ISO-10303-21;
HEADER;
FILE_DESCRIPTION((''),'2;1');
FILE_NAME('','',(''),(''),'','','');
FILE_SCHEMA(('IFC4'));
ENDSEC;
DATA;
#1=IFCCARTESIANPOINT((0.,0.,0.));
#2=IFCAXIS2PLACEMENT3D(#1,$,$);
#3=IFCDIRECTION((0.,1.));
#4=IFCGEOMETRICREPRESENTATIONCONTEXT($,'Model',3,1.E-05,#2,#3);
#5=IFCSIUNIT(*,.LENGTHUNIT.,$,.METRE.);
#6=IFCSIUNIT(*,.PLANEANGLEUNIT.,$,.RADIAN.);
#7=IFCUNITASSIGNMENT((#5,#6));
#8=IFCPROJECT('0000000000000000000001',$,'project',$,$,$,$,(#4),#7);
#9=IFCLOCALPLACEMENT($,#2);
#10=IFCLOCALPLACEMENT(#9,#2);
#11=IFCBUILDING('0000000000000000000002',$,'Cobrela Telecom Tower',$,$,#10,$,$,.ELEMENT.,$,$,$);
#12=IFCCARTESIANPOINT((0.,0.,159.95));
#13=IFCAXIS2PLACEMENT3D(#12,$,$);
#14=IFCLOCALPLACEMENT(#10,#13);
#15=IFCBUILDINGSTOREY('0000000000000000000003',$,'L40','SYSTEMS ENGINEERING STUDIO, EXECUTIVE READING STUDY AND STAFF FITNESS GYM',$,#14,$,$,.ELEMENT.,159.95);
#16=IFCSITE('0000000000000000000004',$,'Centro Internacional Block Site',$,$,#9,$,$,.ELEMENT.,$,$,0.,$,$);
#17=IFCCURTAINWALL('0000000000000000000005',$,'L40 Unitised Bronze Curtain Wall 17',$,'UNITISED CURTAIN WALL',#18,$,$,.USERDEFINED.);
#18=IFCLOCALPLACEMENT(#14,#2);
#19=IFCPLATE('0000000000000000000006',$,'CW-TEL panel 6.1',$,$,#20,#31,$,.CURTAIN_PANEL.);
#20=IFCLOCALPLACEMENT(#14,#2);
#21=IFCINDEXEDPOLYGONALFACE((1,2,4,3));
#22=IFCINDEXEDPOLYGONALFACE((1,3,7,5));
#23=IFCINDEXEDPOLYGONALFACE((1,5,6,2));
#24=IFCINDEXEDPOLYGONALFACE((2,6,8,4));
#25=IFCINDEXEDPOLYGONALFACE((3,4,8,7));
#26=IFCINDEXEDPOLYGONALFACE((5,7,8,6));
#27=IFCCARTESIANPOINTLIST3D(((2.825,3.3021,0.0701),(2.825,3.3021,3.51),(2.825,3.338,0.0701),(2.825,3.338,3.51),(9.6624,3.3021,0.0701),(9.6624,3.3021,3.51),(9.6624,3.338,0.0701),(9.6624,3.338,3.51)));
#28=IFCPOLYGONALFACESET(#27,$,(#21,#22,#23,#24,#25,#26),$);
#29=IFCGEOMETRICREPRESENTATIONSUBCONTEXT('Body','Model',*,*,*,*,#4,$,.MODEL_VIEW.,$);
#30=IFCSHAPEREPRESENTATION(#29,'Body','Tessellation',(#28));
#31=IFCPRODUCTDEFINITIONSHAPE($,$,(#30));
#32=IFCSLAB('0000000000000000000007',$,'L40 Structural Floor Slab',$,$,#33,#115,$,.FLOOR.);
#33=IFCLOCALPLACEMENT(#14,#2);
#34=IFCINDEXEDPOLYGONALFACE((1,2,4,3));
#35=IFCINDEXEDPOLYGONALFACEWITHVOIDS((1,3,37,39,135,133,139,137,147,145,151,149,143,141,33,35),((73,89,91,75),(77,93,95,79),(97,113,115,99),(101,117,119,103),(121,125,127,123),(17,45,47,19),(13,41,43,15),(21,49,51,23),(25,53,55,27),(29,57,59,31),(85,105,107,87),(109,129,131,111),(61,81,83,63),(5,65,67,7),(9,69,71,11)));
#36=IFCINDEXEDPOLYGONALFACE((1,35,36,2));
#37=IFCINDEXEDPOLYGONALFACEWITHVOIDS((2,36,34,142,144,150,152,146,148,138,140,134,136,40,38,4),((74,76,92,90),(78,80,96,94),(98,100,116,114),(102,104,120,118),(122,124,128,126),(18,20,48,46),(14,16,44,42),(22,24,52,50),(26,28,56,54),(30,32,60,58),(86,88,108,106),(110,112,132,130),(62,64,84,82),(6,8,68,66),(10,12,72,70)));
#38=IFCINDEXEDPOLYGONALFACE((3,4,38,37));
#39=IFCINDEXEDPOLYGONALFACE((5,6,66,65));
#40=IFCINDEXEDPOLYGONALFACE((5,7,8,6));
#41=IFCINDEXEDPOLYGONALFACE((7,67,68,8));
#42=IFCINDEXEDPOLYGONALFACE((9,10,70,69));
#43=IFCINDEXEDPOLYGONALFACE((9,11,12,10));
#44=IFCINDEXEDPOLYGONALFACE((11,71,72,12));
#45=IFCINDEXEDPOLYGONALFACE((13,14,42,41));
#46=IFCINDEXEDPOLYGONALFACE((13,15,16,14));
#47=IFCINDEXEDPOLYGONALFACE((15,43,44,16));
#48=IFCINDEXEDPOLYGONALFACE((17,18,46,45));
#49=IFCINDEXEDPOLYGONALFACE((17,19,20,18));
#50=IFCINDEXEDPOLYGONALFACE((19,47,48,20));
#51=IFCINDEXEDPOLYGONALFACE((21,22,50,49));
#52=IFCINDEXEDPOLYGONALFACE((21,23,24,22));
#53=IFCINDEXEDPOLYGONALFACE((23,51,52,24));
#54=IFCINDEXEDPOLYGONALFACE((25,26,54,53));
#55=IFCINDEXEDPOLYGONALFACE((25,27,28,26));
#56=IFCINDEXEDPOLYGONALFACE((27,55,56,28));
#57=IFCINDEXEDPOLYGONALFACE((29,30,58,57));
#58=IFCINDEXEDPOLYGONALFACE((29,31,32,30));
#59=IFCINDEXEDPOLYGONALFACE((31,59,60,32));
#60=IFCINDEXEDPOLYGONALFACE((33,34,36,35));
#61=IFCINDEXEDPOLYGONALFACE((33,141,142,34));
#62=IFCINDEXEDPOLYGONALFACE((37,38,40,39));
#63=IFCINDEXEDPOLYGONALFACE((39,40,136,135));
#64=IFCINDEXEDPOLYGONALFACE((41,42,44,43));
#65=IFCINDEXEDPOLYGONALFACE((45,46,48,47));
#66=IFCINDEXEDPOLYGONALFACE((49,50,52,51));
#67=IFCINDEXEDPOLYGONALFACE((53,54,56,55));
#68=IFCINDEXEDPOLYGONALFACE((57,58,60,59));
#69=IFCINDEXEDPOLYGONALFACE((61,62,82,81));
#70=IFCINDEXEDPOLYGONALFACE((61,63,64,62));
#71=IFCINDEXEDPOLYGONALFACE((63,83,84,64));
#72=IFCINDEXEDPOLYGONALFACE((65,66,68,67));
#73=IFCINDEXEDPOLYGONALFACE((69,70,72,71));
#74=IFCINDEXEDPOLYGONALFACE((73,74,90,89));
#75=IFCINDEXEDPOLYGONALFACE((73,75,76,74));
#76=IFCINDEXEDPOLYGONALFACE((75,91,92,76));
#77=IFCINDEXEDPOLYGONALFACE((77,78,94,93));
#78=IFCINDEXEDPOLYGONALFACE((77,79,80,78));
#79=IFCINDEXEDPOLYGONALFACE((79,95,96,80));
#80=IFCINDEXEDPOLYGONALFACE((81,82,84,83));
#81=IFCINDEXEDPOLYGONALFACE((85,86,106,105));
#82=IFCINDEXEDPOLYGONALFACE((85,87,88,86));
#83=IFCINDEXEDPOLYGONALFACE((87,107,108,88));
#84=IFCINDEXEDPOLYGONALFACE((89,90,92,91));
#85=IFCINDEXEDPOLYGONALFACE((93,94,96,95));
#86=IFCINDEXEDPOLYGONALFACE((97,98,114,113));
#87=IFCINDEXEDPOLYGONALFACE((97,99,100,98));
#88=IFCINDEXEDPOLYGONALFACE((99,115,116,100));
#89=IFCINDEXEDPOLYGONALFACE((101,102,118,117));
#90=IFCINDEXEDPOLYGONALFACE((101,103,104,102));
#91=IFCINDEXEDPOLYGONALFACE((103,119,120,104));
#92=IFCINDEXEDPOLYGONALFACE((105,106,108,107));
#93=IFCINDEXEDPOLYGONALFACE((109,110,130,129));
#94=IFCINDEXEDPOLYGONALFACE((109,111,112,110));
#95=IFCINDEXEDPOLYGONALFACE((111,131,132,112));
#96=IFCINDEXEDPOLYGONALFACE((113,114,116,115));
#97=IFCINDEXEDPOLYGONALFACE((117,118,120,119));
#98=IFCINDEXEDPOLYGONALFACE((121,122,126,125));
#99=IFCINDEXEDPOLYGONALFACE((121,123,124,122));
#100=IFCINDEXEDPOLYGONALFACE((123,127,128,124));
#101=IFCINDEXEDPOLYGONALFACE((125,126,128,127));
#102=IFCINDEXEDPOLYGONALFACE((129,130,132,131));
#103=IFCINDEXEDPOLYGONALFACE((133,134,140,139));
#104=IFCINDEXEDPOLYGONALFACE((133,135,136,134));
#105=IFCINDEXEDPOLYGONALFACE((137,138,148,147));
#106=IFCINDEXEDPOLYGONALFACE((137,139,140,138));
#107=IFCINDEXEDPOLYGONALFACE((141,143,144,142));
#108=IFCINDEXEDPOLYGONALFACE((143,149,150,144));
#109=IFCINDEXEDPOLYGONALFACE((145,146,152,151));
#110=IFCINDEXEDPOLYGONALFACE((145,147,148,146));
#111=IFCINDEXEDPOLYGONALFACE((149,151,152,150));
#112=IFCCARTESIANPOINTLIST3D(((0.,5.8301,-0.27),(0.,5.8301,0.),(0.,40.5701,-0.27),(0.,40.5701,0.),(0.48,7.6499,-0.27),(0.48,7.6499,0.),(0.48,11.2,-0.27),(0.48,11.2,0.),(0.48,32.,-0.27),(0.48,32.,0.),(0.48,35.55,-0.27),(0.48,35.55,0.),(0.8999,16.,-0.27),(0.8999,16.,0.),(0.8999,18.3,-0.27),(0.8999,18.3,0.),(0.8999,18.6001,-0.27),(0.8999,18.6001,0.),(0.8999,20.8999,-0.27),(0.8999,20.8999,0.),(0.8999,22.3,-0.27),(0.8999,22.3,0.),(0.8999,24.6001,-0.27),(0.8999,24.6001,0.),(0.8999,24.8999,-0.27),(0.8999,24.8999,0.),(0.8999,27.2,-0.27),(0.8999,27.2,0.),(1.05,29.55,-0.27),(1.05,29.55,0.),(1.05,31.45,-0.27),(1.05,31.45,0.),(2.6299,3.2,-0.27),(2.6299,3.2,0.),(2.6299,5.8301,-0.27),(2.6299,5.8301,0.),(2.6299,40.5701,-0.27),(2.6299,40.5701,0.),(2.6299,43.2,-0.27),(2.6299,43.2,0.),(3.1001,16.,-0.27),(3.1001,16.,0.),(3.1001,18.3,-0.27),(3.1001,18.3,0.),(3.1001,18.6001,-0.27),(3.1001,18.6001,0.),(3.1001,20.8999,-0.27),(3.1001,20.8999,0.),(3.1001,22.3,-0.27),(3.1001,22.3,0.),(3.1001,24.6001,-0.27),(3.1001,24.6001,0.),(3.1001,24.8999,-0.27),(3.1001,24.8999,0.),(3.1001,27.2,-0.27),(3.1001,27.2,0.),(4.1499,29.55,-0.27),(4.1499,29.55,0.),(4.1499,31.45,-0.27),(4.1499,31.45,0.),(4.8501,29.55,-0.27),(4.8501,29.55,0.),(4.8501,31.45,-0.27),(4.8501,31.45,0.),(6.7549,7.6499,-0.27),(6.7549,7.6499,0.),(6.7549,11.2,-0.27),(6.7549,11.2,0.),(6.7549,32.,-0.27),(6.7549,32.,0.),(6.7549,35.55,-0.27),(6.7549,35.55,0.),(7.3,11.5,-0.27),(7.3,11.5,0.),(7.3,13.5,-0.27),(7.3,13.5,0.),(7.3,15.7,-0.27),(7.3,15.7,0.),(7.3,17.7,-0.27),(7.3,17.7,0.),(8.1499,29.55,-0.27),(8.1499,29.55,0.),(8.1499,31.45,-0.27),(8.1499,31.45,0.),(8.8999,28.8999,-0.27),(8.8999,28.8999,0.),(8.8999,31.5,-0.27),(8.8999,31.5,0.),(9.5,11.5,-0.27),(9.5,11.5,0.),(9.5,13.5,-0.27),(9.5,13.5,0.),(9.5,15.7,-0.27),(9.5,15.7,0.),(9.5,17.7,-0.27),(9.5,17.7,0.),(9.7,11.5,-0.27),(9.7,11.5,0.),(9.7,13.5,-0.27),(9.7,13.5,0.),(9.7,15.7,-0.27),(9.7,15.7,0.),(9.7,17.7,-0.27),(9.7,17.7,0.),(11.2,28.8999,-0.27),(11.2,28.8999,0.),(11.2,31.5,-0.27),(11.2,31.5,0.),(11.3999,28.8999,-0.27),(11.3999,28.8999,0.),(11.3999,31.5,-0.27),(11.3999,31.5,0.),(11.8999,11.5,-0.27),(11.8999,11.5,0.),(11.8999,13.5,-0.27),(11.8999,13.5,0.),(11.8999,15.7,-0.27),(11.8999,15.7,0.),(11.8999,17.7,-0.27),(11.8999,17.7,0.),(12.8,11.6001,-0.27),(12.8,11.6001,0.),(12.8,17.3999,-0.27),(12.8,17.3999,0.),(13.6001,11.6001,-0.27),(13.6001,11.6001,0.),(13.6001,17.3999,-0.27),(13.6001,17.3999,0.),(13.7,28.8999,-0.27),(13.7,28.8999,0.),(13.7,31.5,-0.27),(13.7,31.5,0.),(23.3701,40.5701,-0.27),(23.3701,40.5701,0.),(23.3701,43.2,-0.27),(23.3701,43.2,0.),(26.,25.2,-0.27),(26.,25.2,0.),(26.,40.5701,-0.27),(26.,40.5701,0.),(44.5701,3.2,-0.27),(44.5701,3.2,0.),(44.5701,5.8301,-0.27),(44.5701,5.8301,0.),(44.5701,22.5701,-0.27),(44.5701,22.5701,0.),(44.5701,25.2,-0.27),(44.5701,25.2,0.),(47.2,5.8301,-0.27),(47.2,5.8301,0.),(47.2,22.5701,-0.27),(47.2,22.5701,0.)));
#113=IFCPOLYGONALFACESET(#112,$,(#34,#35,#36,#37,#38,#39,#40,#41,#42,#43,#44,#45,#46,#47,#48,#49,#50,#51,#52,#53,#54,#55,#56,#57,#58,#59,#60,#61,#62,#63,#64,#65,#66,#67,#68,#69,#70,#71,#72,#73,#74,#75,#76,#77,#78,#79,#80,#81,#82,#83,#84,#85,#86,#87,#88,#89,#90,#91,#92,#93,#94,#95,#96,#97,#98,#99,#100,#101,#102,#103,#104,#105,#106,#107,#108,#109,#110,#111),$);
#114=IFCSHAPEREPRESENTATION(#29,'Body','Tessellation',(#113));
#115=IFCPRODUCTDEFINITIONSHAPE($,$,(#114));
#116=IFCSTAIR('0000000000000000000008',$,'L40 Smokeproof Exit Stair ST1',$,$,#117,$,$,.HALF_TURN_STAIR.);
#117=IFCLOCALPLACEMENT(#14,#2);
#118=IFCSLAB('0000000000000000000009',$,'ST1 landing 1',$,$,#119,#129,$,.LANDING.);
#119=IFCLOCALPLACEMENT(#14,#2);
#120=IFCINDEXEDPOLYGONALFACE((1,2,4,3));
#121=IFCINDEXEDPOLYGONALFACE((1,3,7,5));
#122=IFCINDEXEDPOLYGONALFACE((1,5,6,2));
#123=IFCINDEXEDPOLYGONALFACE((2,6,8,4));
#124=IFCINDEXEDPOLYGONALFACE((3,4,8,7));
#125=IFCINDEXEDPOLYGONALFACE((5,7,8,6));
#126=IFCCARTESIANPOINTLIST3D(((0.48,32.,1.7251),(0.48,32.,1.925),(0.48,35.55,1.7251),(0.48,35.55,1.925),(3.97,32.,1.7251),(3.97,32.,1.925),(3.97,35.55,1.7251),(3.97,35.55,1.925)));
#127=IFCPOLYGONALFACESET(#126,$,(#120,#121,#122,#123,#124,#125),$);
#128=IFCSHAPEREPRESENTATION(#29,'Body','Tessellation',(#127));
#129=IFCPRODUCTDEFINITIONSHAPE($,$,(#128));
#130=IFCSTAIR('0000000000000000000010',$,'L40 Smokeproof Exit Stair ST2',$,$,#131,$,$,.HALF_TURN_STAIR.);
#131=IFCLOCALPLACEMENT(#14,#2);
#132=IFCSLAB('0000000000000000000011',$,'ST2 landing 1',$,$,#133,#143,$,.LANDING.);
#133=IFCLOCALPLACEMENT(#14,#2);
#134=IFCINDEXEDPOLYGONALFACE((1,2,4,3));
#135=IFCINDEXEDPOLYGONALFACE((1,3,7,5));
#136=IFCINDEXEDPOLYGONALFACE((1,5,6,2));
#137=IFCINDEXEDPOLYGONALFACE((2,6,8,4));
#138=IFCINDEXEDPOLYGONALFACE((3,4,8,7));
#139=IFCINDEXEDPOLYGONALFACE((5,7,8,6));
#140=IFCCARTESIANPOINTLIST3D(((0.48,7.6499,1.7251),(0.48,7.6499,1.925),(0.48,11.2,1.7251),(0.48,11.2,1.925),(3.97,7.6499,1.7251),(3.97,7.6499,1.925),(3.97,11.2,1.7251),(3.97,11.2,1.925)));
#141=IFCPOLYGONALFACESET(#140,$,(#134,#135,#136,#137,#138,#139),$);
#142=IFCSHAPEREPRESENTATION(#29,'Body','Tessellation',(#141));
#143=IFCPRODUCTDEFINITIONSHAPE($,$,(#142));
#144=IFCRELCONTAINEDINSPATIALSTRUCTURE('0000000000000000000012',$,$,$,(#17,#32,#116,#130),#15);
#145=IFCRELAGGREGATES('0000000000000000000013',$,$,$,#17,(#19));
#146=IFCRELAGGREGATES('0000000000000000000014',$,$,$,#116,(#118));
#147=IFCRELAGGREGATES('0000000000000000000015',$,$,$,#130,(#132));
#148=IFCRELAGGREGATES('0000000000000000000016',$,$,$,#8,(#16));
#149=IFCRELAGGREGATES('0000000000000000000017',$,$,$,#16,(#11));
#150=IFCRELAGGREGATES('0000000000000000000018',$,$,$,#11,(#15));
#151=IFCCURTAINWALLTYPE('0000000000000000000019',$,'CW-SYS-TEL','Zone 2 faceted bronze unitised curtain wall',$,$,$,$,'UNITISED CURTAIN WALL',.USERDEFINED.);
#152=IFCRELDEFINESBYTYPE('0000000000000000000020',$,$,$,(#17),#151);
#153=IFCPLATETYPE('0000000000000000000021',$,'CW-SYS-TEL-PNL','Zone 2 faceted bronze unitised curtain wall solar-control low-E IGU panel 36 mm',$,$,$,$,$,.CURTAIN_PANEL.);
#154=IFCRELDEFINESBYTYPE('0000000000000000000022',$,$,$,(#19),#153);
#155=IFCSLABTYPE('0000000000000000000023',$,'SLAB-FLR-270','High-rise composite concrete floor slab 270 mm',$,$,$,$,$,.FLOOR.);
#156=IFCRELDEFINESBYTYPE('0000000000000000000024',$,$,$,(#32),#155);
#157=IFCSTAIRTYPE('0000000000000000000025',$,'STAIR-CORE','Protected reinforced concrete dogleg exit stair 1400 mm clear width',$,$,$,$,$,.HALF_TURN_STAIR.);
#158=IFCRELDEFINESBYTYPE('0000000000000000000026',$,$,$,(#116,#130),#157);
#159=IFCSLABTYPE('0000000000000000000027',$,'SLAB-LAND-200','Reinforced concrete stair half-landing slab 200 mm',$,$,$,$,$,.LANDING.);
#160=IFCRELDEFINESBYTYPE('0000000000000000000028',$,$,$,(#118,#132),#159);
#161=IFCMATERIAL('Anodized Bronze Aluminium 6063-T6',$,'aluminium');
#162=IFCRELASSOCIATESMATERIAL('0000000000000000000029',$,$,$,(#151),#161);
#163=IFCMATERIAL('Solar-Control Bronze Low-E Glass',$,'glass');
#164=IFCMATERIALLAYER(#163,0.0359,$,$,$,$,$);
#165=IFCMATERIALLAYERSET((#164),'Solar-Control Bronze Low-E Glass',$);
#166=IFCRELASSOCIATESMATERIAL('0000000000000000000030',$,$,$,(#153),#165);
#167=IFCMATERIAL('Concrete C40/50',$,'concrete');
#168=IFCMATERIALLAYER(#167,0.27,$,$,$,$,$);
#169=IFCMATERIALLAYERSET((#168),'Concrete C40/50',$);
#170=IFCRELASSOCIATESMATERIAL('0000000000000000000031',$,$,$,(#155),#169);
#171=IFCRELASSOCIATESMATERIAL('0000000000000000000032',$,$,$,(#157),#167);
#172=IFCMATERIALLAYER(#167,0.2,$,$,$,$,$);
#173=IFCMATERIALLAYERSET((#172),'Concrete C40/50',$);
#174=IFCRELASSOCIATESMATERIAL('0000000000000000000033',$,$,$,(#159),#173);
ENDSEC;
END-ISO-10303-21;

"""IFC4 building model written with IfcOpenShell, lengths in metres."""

from ifc_helpers import new_model, si_unit, direction, frame, origin, origin_2d, place, context, subcontext, project, spatial, polyline, rectangle, outline, extrude, material, layer, layer_set, type_object, element, aggregate, save


model = new_model("IFC4")

# Units and contexts
model_context = context("Model", 3, precision=1e-05, world=origin(), true_north=direction((0.0, 1.0)))
body_context = subcontext(model_context, "Body", "Model", "MODEL_VIEW")
ifc_project = project(units=[si_unit("LENGTHUNIT", "METRE"), si_unit("PLANEANGLEUNIT", "RADIAN")], contexts=[model_context])

# Site, building, storey
site_placement = place(None, origin())
site = spatial("IfcSite", under=ifc_project, at=site_placement, Name="Centro Internacional Block Site", CompositionType="ELEMENT", RefElevation=0.0)
building_placement = place(site_placement, origin())
building = spatial("IfcBuilding", under=site, at=building_placement, Name="Cobrela Telecom Tower", CompositionType="ELEMENT")
storey_placement = place(building_placement, frame((0.0, 0.0, 159.95)))
storey = spatial("IfcBuildingStorey", under=building, at=storey_placement, Name="L40", Description="SYSTEMS ENGINEERING STUDIO, EXECUTIVE READING STUDY AND STAFF FITNESS GYM", CompositionType="ELEMENT", Elevation=159.95)

# Curtain wall, plate
ifc_material_1 = material(Name="Anodized Bronze Aluminium 6063-T6", Category="aluminium")
curtain_wall_type = type_object("IfcCurtainWallType", Name="CW-SYS-TEL", Description="Zone 2 faceted bronze unitised curtain wall", ElementType="UNITISED CURTAIN WALL", PredefinedType="USERDEFINED", material=ifc_material_1)
curtain_wall_placement = place(storey_placement, origin())
curtain_wall = element("IfcCurtainWall", 1, at=curtain_wall_placement, inside=storey, type_object=curtain_wall_type, Name="L40 Unitised Bronze Curtain Wall 17", ObjectType="UNITISED CURTAIN WALL", PredefinedType="USERDEFINED")
ifc_material_2 = material(Name="Solar-Control Bronze Low-E Glass", Category="glass")
ifc_layer_1 = layer(ifc_material_2, 0.0359)
ifc_layer_set_1 = layer_set([ifc_layer_1], Name="Solar-Control Bronze Low-E Glass")
plate_type = type_object("IfcPlateType", Name="CW-SYS-TEL-PNL", Description="Zone 2 faceted bronze unitised curtain wall solar-control low-E IGU panel 36 mm", PredefinedType="CURTAIN_PANEL", material=ifc_layer_set_1)
plate_placement = place(storey_placement, frame((6.2437, 3.3201, 0.0701), z_axis=(0.0, 0.0, 1.0), x_axis=(-1.0, 0.0, 0.0)))
plate = element("IfcPlate", 2, at=plate_placement, type_object=plate_type, Name="CW-TEL panel 6.1", PredefinedType="CURTAIN_PANEL", context=body_context, shape_type="SweptSolid", body=[
    extrude(rectangle(XDim=6.8374, YDim=0.0359, at=origin_2d()), origin(), (0.0, 0.0, 1.0), 3.4399),
])
aggregate(curtain_wall, [plate])

# Slab, openings
ifc_material_3 = material(Name="Concrete C40/50", Category="concrete")
ifc_layer_2 = layer(ifc_material_3, 0.27)
ifc_layer_set_2 = layer_set([ifc_layer_2], Name="Concrete C40/50")
slab_type_1 = type_object("IfcSlabType", Name="SLAB-FLR-270", Description="High-rise composite concrete floor slab 270 mm", PredefinedType="FLOOR", material=ifc_layer_set_2)
slab_1_placement = place(storey_placement, frame((0.0, 0.0, -0.27)))
slab_1 = element("IfcSlab", 3, at=slab_1_placement, inside=storey, type_object=slab_type_1, Name="L40 Structural Floor Slab", PredefinedType="FLOOR", context=body_context, shape_type="SweptSolid", body=[
    extrude(outline(polyline([(2.6299, 3.2), (44.5701, 3.2), (44.5701, 5.8301), (47.2, 5.8301), (47.2, 22.5701), (44.5701, 22.5701), (44.5701, 25.2), (26.0, 25.2), (26.0, 40.5701), (23.3701, 40.5701), (23.3701, 43.2), (2.6299, 43.2), (2.6299, 40.5701), (0.0, 40.5701), (0.0, 5.8301), (2.6299, 5.8301), (2.6299, 3.2)])), origin(), (0.0, 0.0, 1.0), 0.27),
])
opening_1_placement = place(slab_1_placement, frame((0.0, 0.0, -0.02)))
element("IfcOpeningElement", 4, at=opening_1_placement, cuts=slab_1, PredefinedType="OPENING", context=body_context, shape_type="SweptSolid", body=[
    extrude(outline(polyline([(8.8999, 28.8999), (11.2, 28.8999), (11.2, 31.5), (8.8999, 31.5), (8.8999, 28.8999)])), origin(), (0.0, 0.0, 1.0), 0.3101),
])
opening_2_placement = place(slab_1_placement, frame((0.0, 0.0, -0.02)))
element("IfcOpeningElement", 5, at=opening_2_placement, cuts=slab_1, PredefinedType="OPENING", context=body_context, shape_type="SweptSolid", body=[
    extrude(outline(polyline([(11.3999, 28.8999), (13.7, 28.8999), (13.7, 31.5), (11.3999, 31.5), (11.3999, 28.8999)])), origin(), (0.0, 0.0, 1.0), 0.3101),
])
opening_3_placement = place(slab_1_placement, frame((0.0, 0.0, -0.02)))
element("IfcOpeningElement", 6, at=opening_3_placement, cuts=slab_1, PredefinedType="OPENING", context=body_context, shape_type="SweptSolid", body=[
    extrude(outline(polyline([(7.3, 15.7), (9.5, 15.7), (9.5, 17.7), (7.3, 17.7), (7.3, 15.7)])), origin(), (0.0, 0.0, 1.0), 0.3101),
])
opening_4_placement = place(slab_1_placement, frame((0.0, 0.0, -0.02)))
element("IfcOpeningElement", 7, at=opening_4_placement, cuts=slab_1, PredefinedType="OPENING", context=body_context, shape_type="SweptSolid", body=[
    extrude(outline(polyline([(9.7, 15.7), (11.8999, 15.7), (11.8999, 17.7), (9.7, 17.7), (9.7, 15.7)])), origin(), (0.0, 0.0, 1.0), 0.3101),
])
opening_5_placement = place(slab_1_placement, frame((0.0, 0.0, -0.02)))
element("IfcOpeningElement", 8, at=opening_5_placement, cuts=slab_1, PredefinedType="OPENING", context=body_context, shape_type="SweptSolid", body=[
    extrude(outline(polyline([(7.3, 11.5), (9.5, 11.5), (9.5, 13.5), (7.3, 13.5), (7.3, 11.5)])), origin(), (0.0, 0.0, 1.0), 0.3101),
])
opening_6_placement = place(slab_1_placement, frame((0.0, 0.0, -0.02)))
element("IfcOpeningElement", 9, at=opening_6_placement, cuts=slab_1, PredefinedType="OPENING", context=body_context, shape_type="SweptSolid", body=[
    extrude(outline(polyline([(9.7, 11.5), (11.8999, 11.5), (11.8999, 13.5), (9.7, 13.5), (9.7, 11.5)])), origin(), (0.0, 0.0, 1.0), 0.3101),
])
opening_7_placement = place(slab_1_placement, frame((0.0, 0.0, -0.02)))
element("IfcOpeningElement", 10, at=opening_7_placement, cuts=slab_1, PredefinedType="OPENING", context=body_context, shape_type="SweptSolid", body=[
    extrude(outline(polyline([(0.8999, 16.0), (3.1001, 16.0), (3.1001, 18.3), (0.8999, 18.3), (0.8999, 16.0)])), origin(), (0.0, 0.0, 1.0), 0.3101),
])
opening_8_placement = place(slab_1_placement, frame((0.0, 0.0, -0.02)))
element("IfcOpeningElement", 11, at=opening_8_placement, cuts=slab_1, PredefinedType="OPENING", context=body_context, shape_type="SweptSolid", body=[
    extrude(outline(polyline([(0.8999, 18.6001), (3.1001, 18.6001), (3.1001, 20.8999), (0.8999, 20.8999), (0.8999, 18.6001)])), origin(), (0.0, 0.0, 1.0), 0.3101),
])
opening_9_placement = place(slab_1_placement, frame((0.0, 0.0, -0.02)))
element("IfcOpeningElement", 12, at=opening_9_placement, cuts=slab_1, PredefinedType="OPENING", context=body_context, shape_type="SweptSolid", body=[
    extrude(outline(polyline([(0.8999, 22.3), (3.1001, 22.3), (3.1001, 24.6001), (0.8999, 24.6001), (0.8999, 22.3)])), origin(), (0.0, 0.0, 1.0), 0.3101),
])
opening_10_placement = place(slab_1_placement, frame((0.0, 0.0, -0.02)))
element("IfcOpeningElement", 13, at=opening_10_placement, cuts=slab_1, PredefinedType="OPENING", context=body_context, shape_type="SweptSolid", body=[
    extrude(outline(polyline([(0.8999, 24.8999), (3.1001, 24.8999), (3.1001, 27.2), (0.8999, 27.2), (0.8999, 24.8999)])), origin(), (0.0, 0.0, 1.0), 0.3101),
])
opening_11_placement = place(slab_1_placement, frame((0.0, 0.0, -0.02)))
element("IfcOpeningElement", 14, at=opening_11_placement, cuts=slab_1, PredefinedType="OPENING", context=body_context, shape_type="SweptSolid", body=[
    extrude(outline(polyline([(1.05, 29.55), (4.1499, 29.55), (4.1499, 31.45), (1.05, 31.45), (1.05, 29.55)])), origin(), (0.0, 0.0, 1.0), 0.3101),
])
opening_12_placement = place(slab_1_placement, frame((0.0, 0.0, -0.02)))
element("IfcOpeningElement", 15, at=opening_12_placement, cuts=slab_1, PredefinedType="OPENING", context=body_context, shape_type="SweptSolid", body=[
    extrude(outline(polyline([(4.8501, 29.55), (8.1499, 29.55), (8.1499, 31.45), (4.8501, 31.45), (4.8501, 29.55)])), origin(), (0.0, 0.0, 1.0), 0.3101),
])
opening_13_placement = place(slab_1_placement, frame((0.0, 0.0, -0.02)))
element("IfcOpeningElement", 16, at=opening_13_placement, cuts=slab_1, PredefinedType="OPENING", context=body_context, shape_type="SweptSolid", body=[
    extrude(outline(polyline([(12.8, 11.6001), (13.6001, 11.6001), (13.6001, 17.3999), (12.8, 17.3999), (12.8, 11.6001)])), origin(), (0.0, 0.0, 1.0), 0.3101),
])
opening_14_placement = place(slab_1_placement, frame((0.0, 0.0, -0.02)))
element("IfcOpeningElement", 17, at=opening_14_placement, cuts=slab_1, PredefinedType="OPENING", context=body_context, shape_type="SweptSolid", body=[
    extrude(outline(polyline([(6.7549, 35.55), (0.48, 35.55), (0.48, 32.0), (6.7549, 32.0), (6.7549, 35.55)])), origin(), (0.0, 0.0, 1.0), 0.3101),
])
opening_15_placement = place(slab_1_placement, frame((0.0, 0.0, -0.02)))
element("IfcOpeningElement", 18, at=opening_15_placement, cuts=slab_1, PredefinedType="OPENING", context=body_context, shape_type="SweptSolid", body=[
    extrude(outline(polyline([(6.7549, 11.2), (0.48, 11.2), (0.48, 7.6499), (6.7549, 7.6499), (6.7549, 11.2)])), origin(), (0.0, 0.0, 1.0), 0.3101),
])

# Stairs, slabs
stair_type = type_object("IfcStairType", Name="STAIR-CORE", Description="Protected reinforced concrete dogleg exit stair 1400 mm clear width", PredefinedType="HALF_TURN_STAIR", material=ifc_material_3)
stair_1_placement = place(storey_placement, origin())
stair_1 = element("IfcStair", 19, at=stair_1_placement, inside=storey, type_object=stair_type, Name="L40 Smokeproof Exit Stair ST1", PredefinedType="HALF_TURN_STAIR")
ifc_layer_3 = layer(ifc_material_3, 0.2)
ifc_layer_set_3 = layer_set([ifc_layer_3], Name="Concrete C40/50")
slab_type_2 = type_object("IfcSlabType", Name="SLAB-LAND-200", Description="Reinforced concrete stair half-landing slab 200 mm", PredefinedType="LANDING", material=ifc_layer_set_3)
slab_2_placement = place(storey_placement, frame((0.0, 0.0, 1.7251)))
slab_2 = element("IfcSlab", 20, at=slab_2_placement, type_object=slab_type_2, Name="ST1 landing 1", PredefinedType="LANDING", context=body_context, shape_type="SweptSolid", body=[
    extrude(outline(polyline([(3.97, 35.55), (0.48, 35.55), (0.48, 32.0), (3.97, 32.0), (3.97, 35.55)])), origin(), (0.0, 0.0, 1.0), 0.2),
])
aggregate(stair_1, [slab_2])
stair_2_placement = place(storey_placement, origin())
stair_2 = element("IfcStair", 21, at=stair_2_placement, inside=storey, type_object=stair_type, Name="L40 Smokeproof Exit Stair ST2", PredefinedType="HALF_TURN_STAIR")
slab_3_placement = place(storey_placement, frame((0.0, 0.0, 1.7251)))
slab_3 = element("IfcSlab", 22, at=slab_3_placement, type_object=slab_type_2, Name="ST2 landing 1", PredefinedType="LANDING", context=body_context, shape_type="SweptSolid", body=[
    extrude(outline(polyline([(3.97, 11.2), (0.48, 11.2), (0.48, 7.6499), (3.97, 7.6499), (3.97, 11.2)])), origin(), (0.0, 0.0, 1.0), 0.2),
])

aggregate(stair_2, [slab_3])

save(model, "model.ifc")
